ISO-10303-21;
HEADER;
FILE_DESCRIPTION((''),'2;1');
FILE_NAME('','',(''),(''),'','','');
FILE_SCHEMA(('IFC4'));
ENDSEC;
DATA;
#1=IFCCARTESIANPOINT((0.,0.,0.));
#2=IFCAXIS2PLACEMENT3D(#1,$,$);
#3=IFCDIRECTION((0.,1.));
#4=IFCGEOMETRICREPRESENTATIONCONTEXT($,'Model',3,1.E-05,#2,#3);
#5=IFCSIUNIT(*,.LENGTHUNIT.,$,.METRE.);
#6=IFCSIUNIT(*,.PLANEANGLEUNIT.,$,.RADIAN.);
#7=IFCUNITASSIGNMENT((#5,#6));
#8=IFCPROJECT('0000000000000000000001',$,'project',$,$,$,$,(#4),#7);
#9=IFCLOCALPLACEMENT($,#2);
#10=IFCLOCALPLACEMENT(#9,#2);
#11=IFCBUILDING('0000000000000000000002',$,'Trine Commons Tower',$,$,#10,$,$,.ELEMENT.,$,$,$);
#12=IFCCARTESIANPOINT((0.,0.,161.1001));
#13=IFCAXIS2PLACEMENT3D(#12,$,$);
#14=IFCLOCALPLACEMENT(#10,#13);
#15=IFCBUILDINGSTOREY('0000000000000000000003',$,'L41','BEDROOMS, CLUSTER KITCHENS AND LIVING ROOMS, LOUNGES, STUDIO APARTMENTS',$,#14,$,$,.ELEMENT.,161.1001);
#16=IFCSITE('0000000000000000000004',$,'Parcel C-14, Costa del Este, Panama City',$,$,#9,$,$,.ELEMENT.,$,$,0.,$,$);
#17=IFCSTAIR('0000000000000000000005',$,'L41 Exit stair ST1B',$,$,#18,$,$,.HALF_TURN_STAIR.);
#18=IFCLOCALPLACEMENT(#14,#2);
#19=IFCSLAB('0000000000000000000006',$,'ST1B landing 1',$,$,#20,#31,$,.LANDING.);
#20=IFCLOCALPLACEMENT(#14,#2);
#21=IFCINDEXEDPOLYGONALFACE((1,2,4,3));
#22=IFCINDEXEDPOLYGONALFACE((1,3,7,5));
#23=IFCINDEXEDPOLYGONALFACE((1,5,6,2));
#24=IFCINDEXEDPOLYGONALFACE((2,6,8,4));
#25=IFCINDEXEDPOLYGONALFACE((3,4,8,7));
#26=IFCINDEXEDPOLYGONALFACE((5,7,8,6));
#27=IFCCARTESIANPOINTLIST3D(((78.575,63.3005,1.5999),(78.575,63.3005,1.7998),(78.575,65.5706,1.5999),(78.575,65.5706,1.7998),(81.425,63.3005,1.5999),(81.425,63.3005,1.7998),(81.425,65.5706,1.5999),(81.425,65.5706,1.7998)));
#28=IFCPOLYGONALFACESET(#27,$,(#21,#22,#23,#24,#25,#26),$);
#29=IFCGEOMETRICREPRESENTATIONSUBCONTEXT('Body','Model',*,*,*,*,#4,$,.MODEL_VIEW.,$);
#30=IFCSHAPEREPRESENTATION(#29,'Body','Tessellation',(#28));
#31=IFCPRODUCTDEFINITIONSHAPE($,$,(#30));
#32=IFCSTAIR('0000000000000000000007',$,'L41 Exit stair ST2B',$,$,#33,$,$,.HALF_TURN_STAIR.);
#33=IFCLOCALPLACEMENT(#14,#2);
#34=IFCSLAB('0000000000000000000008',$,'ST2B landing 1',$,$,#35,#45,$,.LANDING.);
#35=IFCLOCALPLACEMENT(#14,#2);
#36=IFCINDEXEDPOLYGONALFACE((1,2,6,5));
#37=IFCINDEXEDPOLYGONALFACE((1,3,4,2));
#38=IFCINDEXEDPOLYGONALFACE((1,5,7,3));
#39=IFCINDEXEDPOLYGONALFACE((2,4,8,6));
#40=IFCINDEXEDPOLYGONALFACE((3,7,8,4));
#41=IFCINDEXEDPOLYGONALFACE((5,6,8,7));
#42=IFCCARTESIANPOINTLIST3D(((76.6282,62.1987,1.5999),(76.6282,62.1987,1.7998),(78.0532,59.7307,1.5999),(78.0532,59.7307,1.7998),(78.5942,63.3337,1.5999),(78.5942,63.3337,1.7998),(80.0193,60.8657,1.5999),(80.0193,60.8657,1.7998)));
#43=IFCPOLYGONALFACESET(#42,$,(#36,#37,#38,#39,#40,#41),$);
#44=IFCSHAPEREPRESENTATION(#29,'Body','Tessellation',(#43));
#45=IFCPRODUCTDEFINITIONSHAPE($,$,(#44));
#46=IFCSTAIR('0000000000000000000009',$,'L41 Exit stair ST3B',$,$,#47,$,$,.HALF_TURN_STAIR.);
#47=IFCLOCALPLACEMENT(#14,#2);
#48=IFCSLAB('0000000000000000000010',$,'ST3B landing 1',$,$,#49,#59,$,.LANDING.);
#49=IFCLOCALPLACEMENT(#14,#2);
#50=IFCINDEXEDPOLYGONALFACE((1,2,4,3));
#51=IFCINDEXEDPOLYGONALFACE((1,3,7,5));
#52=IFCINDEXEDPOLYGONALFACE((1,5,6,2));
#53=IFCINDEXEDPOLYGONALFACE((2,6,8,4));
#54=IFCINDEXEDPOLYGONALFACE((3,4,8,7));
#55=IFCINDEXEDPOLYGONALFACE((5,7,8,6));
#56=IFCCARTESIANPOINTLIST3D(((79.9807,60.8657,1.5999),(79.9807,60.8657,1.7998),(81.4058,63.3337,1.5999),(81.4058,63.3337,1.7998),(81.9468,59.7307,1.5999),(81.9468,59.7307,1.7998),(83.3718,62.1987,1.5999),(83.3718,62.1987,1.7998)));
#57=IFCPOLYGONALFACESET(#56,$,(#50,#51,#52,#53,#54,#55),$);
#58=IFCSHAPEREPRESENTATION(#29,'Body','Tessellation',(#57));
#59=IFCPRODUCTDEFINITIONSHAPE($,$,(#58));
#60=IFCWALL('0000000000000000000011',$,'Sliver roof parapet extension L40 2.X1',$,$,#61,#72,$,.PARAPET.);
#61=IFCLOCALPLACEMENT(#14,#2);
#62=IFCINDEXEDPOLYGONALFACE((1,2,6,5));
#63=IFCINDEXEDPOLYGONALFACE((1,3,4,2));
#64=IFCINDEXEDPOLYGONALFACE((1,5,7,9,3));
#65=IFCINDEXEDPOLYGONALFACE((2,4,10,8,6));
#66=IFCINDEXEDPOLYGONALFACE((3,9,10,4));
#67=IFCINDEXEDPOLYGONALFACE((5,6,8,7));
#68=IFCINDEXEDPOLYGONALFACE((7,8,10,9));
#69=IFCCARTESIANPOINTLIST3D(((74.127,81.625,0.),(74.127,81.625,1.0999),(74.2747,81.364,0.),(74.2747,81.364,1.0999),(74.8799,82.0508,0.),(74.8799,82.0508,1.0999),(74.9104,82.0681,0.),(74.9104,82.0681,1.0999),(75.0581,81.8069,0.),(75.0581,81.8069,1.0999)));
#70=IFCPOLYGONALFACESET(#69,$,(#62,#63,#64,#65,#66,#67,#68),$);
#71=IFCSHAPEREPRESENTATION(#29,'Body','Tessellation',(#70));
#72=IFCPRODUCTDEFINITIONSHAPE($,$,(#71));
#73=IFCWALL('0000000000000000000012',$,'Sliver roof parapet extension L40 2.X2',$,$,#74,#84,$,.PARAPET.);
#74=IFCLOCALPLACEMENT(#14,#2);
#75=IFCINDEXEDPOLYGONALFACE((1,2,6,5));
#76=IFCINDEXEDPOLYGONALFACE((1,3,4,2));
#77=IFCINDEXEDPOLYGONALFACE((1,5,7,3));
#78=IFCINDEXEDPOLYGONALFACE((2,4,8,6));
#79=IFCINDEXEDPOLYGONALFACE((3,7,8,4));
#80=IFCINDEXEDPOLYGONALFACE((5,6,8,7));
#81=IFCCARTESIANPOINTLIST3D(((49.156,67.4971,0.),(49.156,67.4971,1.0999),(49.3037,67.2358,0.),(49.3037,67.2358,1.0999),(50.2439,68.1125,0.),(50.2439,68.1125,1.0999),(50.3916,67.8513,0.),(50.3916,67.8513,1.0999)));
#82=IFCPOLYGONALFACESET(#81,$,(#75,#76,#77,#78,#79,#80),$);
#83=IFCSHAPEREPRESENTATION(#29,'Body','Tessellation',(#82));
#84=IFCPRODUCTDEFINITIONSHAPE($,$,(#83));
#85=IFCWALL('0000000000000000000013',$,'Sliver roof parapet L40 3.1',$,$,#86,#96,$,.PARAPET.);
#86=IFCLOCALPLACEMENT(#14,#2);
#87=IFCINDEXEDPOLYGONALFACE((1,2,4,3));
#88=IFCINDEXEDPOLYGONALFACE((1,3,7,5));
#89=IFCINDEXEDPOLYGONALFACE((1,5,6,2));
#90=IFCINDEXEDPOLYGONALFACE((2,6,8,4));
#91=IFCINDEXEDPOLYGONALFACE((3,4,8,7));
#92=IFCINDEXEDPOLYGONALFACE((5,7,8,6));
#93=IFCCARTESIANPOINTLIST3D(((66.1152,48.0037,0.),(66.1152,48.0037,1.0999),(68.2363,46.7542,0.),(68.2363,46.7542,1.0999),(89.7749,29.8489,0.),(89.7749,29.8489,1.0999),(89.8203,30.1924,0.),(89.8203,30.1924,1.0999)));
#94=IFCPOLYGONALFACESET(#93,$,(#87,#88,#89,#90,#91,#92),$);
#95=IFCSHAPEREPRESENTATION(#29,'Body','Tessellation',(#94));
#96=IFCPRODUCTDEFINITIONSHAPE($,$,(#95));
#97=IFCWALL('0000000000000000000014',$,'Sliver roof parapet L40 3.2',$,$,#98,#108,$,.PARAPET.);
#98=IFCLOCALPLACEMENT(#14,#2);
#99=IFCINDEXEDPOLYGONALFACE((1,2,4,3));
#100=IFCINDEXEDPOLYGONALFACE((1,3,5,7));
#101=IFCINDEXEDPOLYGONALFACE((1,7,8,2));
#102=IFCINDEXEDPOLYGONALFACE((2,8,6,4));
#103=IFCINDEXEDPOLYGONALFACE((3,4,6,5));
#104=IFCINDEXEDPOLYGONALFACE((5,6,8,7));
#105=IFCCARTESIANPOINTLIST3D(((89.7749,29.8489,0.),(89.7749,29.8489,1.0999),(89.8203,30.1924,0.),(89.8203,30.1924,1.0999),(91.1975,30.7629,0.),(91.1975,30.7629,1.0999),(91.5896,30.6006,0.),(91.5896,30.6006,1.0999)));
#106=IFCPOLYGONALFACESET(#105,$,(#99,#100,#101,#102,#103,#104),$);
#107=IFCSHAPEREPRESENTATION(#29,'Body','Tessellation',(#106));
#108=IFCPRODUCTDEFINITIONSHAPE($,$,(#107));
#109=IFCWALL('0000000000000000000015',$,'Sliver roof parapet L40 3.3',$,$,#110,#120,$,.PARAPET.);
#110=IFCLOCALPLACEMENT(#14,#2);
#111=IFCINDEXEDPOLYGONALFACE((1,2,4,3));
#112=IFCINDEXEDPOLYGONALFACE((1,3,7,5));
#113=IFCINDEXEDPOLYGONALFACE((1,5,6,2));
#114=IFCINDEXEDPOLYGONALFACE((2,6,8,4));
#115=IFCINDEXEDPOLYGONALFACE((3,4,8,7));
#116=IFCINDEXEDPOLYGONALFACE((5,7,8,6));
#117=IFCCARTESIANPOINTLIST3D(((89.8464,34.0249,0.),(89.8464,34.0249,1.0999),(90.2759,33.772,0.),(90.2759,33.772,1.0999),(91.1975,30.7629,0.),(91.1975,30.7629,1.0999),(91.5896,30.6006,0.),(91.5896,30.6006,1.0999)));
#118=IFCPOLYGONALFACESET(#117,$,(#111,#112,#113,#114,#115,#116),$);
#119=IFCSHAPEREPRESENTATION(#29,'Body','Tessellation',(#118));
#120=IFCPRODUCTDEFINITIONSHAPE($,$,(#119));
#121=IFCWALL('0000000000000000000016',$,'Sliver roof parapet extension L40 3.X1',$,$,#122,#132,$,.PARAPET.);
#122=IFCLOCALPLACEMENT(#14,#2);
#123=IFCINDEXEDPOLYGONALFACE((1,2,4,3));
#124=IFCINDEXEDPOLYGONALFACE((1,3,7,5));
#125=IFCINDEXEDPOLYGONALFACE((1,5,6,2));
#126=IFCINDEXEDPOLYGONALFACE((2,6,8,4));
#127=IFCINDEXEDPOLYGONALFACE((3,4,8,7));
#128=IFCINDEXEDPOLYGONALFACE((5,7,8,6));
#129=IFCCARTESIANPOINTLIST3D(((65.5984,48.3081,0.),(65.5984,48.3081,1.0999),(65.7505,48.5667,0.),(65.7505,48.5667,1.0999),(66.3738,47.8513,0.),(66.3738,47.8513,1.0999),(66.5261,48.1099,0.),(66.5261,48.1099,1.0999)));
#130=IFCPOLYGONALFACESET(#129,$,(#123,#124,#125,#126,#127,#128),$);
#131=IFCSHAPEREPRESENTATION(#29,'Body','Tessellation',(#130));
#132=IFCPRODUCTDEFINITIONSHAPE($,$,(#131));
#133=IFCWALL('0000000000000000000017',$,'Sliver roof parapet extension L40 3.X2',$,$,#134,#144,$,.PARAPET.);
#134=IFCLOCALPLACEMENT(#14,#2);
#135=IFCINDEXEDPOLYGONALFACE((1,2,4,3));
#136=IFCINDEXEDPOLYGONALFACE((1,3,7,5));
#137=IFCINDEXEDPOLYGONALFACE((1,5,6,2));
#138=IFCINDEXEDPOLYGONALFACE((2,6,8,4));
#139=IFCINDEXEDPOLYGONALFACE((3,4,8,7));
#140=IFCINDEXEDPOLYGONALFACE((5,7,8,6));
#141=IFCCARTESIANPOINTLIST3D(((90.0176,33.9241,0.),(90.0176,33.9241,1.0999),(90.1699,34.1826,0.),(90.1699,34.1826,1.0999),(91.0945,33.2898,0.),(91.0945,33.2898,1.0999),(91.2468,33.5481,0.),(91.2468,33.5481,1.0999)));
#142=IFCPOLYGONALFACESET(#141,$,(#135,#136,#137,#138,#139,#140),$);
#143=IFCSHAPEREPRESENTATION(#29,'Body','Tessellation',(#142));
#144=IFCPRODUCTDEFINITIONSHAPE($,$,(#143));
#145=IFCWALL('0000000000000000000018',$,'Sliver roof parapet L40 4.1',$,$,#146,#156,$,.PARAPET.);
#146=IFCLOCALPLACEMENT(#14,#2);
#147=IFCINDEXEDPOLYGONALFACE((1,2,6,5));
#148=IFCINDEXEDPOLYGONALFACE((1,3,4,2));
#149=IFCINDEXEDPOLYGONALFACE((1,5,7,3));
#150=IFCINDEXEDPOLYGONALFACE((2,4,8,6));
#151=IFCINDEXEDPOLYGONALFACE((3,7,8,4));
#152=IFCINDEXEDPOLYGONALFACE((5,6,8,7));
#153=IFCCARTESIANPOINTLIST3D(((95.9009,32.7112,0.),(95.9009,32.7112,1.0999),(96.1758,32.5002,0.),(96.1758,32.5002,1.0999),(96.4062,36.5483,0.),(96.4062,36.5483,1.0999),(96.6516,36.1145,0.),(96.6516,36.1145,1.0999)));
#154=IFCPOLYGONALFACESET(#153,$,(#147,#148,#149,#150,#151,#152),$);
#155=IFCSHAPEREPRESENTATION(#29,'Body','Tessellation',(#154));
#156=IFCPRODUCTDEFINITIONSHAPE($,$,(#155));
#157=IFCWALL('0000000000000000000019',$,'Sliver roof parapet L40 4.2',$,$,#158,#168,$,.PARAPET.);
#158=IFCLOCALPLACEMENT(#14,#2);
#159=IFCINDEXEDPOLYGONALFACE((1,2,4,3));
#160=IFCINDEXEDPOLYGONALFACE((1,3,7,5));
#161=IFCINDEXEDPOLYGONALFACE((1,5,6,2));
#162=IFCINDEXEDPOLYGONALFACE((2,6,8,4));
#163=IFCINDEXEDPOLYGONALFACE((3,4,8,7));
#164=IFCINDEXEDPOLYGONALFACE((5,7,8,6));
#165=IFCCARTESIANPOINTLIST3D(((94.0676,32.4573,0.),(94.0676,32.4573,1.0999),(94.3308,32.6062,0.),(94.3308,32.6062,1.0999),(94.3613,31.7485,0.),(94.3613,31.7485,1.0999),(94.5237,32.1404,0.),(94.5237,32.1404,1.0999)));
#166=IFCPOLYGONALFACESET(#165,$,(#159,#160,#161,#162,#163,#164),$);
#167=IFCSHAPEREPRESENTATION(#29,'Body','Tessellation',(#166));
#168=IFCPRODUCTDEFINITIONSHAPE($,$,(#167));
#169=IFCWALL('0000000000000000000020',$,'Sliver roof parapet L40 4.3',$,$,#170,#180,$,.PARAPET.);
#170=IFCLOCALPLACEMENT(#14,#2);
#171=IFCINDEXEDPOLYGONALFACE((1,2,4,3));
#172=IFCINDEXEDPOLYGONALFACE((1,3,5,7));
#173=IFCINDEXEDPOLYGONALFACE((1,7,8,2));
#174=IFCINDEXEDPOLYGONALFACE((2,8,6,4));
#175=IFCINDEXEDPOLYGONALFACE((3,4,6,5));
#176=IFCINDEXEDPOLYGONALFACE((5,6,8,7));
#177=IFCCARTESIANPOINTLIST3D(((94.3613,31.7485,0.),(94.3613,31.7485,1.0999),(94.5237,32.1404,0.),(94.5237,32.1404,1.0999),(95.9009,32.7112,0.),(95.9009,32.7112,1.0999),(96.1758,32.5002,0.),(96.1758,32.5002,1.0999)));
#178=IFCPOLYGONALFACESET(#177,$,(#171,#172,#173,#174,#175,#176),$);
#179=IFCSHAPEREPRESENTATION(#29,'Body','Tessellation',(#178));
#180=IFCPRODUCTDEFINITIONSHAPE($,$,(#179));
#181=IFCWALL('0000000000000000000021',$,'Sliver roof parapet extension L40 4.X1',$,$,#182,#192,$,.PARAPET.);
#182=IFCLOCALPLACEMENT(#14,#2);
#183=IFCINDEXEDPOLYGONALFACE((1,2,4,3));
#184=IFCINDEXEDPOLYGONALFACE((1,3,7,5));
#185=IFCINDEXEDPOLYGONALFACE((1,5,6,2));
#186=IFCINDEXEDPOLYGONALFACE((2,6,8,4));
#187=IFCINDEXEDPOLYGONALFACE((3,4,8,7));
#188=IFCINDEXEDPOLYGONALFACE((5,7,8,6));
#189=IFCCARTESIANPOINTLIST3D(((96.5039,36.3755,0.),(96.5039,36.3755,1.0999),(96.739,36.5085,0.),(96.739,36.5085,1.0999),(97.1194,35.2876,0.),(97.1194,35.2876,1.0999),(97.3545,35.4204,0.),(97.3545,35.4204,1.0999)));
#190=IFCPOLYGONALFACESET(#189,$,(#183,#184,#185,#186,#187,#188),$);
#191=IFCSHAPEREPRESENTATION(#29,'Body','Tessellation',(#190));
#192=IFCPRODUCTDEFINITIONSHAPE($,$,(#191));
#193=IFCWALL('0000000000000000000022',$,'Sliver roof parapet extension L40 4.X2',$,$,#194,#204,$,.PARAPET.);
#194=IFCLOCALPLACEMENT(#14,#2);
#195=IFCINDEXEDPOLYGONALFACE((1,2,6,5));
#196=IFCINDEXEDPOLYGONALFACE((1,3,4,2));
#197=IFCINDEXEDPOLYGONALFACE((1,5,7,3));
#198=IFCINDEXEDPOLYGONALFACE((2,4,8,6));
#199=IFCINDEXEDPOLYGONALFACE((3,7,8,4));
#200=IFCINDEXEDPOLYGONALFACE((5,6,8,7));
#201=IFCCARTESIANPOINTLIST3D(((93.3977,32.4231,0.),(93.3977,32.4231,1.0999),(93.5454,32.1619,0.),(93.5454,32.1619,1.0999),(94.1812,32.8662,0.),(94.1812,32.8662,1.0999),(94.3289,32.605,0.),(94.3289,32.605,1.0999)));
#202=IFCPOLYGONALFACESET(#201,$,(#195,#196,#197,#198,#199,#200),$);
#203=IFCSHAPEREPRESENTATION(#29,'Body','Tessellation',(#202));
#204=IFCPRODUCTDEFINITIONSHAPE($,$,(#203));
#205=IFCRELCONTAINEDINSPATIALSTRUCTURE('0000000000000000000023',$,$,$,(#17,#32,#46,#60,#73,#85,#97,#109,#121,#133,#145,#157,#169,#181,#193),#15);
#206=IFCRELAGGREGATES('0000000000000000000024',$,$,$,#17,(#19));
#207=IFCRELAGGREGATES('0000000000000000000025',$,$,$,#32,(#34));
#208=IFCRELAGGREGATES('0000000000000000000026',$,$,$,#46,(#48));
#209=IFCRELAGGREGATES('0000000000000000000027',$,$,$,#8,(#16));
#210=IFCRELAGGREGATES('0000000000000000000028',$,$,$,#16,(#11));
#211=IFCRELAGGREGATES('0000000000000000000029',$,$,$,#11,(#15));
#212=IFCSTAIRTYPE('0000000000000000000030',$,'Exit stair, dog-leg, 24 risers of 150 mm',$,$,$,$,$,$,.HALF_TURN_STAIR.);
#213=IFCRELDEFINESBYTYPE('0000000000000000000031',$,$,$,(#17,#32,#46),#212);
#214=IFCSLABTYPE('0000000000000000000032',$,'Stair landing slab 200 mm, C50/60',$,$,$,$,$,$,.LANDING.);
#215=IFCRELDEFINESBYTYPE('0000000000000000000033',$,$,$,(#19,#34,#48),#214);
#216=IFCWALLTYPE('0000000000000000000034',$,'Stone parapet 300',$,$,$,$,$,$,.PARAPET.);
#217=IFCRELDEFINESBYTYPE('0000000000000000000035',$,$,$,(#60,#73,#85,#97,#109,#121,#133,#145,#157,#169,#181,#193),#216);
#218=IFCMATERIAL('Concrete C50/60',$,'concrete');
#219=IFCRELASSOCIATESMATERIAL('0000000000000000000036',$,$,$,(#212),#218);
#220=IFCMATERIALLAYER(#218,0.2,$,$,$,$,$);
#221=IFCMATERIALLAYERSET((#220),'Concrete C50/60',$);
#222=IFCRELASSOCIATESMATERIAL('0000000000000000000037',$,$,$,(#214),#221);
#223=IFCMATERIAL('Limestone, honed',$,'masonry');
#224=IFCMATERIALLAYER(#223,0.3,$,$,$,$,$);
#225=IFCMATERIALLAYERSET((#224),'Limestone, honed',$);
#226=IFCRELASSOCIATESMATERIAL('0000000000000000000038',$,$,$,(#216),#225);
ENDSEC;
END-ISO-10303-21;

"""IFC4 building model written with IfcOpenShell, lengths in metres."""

from ifc_helpers import new_model, si_unit, direction, frame, origin, place, context, subcontext, project, spatial, polyline, outline, extrude, material, layer, layer_set, type_object, element, aggregate, save


model = new_model("IFC4")

# Units and contexts
model_context = context("Model", 3, precision=1e-05, world=origin(), true_north=direction((0.0, 1.0)))
body_context = subcontext(model_context, "Body", "Model", "MODEL_VIEW")
ifc_project = project(units=[si_unit("LENGTHUNIT", "METRE"), si_unit("PLANEANGLEUNIT", "RADIAN")], contexts=[model_context])

# Site, building, storey
site_placement = place(None, origin())
site = spatial("IfcSite", under=ifc_project, at=site_placement, Name="Parcel C-14, Costa del Este, Panama City", CompositionType="ELEMENT", RefElevation=0.0)
building_placement = place(site_placement, origin())
building = spatial("IfcBuilding", under=site, at=building_placement, Name="Trine Commons Tower", CompositionType="ELEMENT")
storey_placement = place(building_placement, frame((0.0, 0.0, 161.1001)))
storey = spatial("IfcBuildingStorey", under=building, at=storey_placement, Name="L41", Description="BEDROOMS, CLUSTER KITCHENS AND LIVING ROOMS, LOUNGES, STUDIO APARTMENTS", CompositionType="ELEMENT", Elevation=161.1001)

# Stairs, slabs
ifc_material_1 = material(Name="Concrete C50/60", Category="concrete")
stair_type = type_object("IfcStairType", Name="Exit stair, dog-leg, 24 risers of 150 mm", PredefinedType="HALF_TURN_STAIR", material=ifc_material_1)
stair_1_placement = place(storey_placement, origin())
stair_1 = element("IfcStair", 1, at=stair_1_placement, inside=storey, type_object=stair_type, Name="L41 Exit stair ST1B", PredefinedType="HALF_TURN_STAIR")
ifc_layer_1 = layer(ifc_material_1, 0.2)
ifc_layer_set_1 = layer_set([ifc_layer_1], Name="Concrete C50/60")
slab_type = type_object("IfcSlabType", Name="Stair landing slab 200 mm, C50/60", PredefinedType="LANDING", material=ifc_layer_set_1)
slab_1_placement = place(storey_placement, frame((0.0, 0.0, 1.5999)))
slab_1 = element("IfcSlab", 2, at=slab_1_placement, type_object=slab_type, Name="ST1B landing 1", PredefinedType="LANDING", context=body_context, shape_type="SweptSolid", body=[
    extrude(outline(polyline([(78.575, 65.5706), (78.575, 63.3005), (81.425, 63.3005), (81.425, 65.5706), (78.575, 65.5706)])), origin(), (0.0, 0.0, 1.0), 0.2),
])
aggregate(stair_1, [slab_1])
stair_2_placement = place(storey_placement, origin())
stair_2 = element("IfcStair", 3, at=stair_2_placement, inside=storey, type_object=stair_type, Name="L41 Exit stair ST2B", PredefinedType="HALF_TURN_STAIR")
slab_2_placement = place(storey_placement, frame((0.0, 0.0, 1.5999)))
slab_2 = element("IfcSlab", 4, at=slab_2_placement, type_object=slab_type, Name="ST2B landing 1", PredefinedType="LANDING", context=body_context, shape_type="SweptSolid", body=[
    extrude(outline(polyline([(78.0532, 59.7307), (80.0193, 60.8657), (78.5942, 63.3337), (76.6282, 62.1987), (78.0532, 59.7307)])), origin(), (0.0, 0.0, 1.0), 0.2),
])
aggregate(stair_2, [slab_2])
stair_3_placement = place(storey_placement, origin())
stair_3 = element("IfcStair", 5, at=stair_3_placement, inside=storey, type_object=stair_type, Name="L41 Exit stair ST3B", PredefinedType="HALF_TURN_STAIR")
slab_3_placement = place(storey_placement, frame((0.0, 0.0, 1.5999)))
slab_3 = element("IfcSlab", 6, at=slab_3_placement, type_object=slab_type, Name="ST3B landing 1", PredefinedType="LANDING", context=body_context, shape_type="SweptSolid", body=[
    extrude(outline(polyline([(83.3718, 62.1987), (81.4058, 63.3337), (79.9807, 60.8657), (81.9468, 59.7307), (83.3718, 62.1987)])), origin(), (0.0, 0.0, 1.0), 0.2),
])
aggregate(stair_3, [slab_3])

# Walls
ifc_material_2 = material(Name="Limestone, honed", Category="masonry")
ifc_layer_2 = layer(ifc_material_2, 0.3)
ifc_layer_set_2 = layer_set([ifc_layer_2], Name="Limestone, honed")
wall_type = type_object("IfcWallType", Name="Stone parapet 300", PredefinedType="PARAPET", material=ifc_layer_set_2)
wall_1_placement = place(storey_placement, origin())
element("IfcWall", 7, at=wall_1_placement, inside=storey, type_object=wall_type, Name="Sliver roof parapet extension L40 2.X1", PredefinedType="PARAPET", context=body_context, shape_type="SweptSolid", body=[
    extrude(outline(polyline([(74.127, 81.625), (74.2747, 81.364), (75.0581, 81.8069), (74.9104, 82.0681), (74.8799, 82.0508), (74.127, 81.625)])), origin(), (0.0, 0.0, 1.0), 1.0999),
])
wall_2_placement = place(storey_placement, origin())
element("IfcWall", 8, at=wall_2_placement, inside=storey, type_object=wall_type, Name="Sliver roof parapet extension L40 2.X2", PredefinedType="PARAPET", context=body_context, shape_type="SweptSolid", body=[
    extrude(outline(polyline([(50.3916, 67.8513), (50.2439, 68.1125), (49.156, 67.4971), (49.3037, 67.2358), (50.3916, 67.8513)])), origin(), (0.0, 0.0, 1.0), 1.0999),
])
wall_3_placement = place(storey_placement, origin())
element("IfcWall", 9, at=wall_3_placement, inside=storey, type_object=wall_type, Name="Sliver roof parapet L40 3.1", PredefinedType="PARAPET", context=body_context, shape_type="SweptSolid", body=[
    extrude(outline(polyline([(66.1152, 48.0037), (89.7749, 29.8489), (89.8203, 30.1924), (68.2363, 46.7542), (66.1152, 48.0037)])), origin(), (0.0, 0.0, 1.0), 1.0999),
])
wall_4_placement = place(storey_placement, origin())
element("IfcWall", 10, at=wall_4_placement, inside=storey, type_object=wall_type, Name="Sliver roof parapet L40 3.2", PredefinedType="PARAPET", context=body_context, shape_type="SweptSolid", body=[
    extrude(outline(polyline([(89.7749, 29.8489), (91.5896, 30.6006), (91.1975, 30.7629), (89.8203, 30.1924), (89.7749, 29.8489)])), origin(), (0.0, 0.0, 1.0), 1.0999),
])
wall_5_placement = place(storey_placement, origin())
element("IfcWall", 11, at=wall_5_placement, inside=storey, type_object=wall_type, Name="Sliver roof parapet L40 3.3", PredefinedType="PARAPET", context=body_context, shape_type="SweptSolid", body=[
    extrude(outline(polyline([(91.5896, 30.6006), (90.2759, 33.772), (89.8464, 34.0249), (91.1975, 30.7629), (91.5896, 30.6006)])), origin(), (0.0, 0.0, 1.0), 1.0999),
])
wall_6_placement = place(storey_placement, origin())
element("IfcWall", 12, at=wall_6_placement, inside=storey, type_object=wall_type, Name="Sliver roof parapet extension L40 3.X1", PredefinedType="PARAPET", context=body_context, shape_type="SweptSolid", body=[
    extrude(outline(polyline([(66.5261, 48.1099), (65.7505, 48.5667), (65.5984, 48.3081), (66.3738, 47.8513), (66.5261, 48.1099)])), origin(), (0.0, 0.0, 1.0), 1.0999),
])
wall_7_placement = place(storey_placement, origin())
element("IfcWall", 13, at=wall_7_placement, inside=storey, type_object=wall_type, Name="Sliver roof parapet extension L40 3.X2", PredefinedType="PARAPET", context=body_context, shape_type="SweptSolid", body=[
    extrude(outline(polyline([(90.1699, 34.1826), (90.0176, 33.9241), (91.0945, 33.2898), (91.2468, 33.5481), (90.1699, 34.1826)])), origin(), (0.0, 0.0, 1.0), 1.0999),
])
wall_8_placement = place(storey_placement, origin())
element("IfcWall", 14, at=wall_8_placement, inside=storey, type_object=wall_type, Name="Sliver roof parapet L40 4.1", PredefinedType="PARAPET", context=body_context, shape_type="SweptSolid", body=[
    extrude(outline(polyline([(96.1758, 32.5002), (96.6516, 36.1145), (96.4062, 36.5483), (95.9009, 32.7112), (96.1758, 32.5002)])), origin(), (0.0, 0.0, 1.0), 1.0999),
])
wall_9_placement = place(storey_placement, origin())
element("IfcWall", 15, at=wall_9_placement, inside=storey, type_object=wall_type, Name="Sliver roof parapet L40 4.2", PredefinedType="PARAPET", context=body_context, shape_type="SweptSolid", body=[
    extrude(outline(polyline([(94.0676, 32.4573), (94.3613, 31.7485), (94.5237, 32.1404), (94.3308, 32.6062), (94.0676, 32.4573)])), origin(), (0.0, 0.0, 1.0), 1.0999),
])
wall_10_placement = place(storey_placement, origin())
element("IfcWall", 16, at=wall_10_placement, inside=storey, type_object=wall_type, Name="Sliver roof parapet L40 4.3", PredefinedType="PARAPET", context=body_context, shape_type="SweptSolid", body=[
    extrude(outline(polyline([(94.3613, 31.7485), (96.1758, 32.5002), (95.9009, 32.7112), (94.5237, 32.1404), (94.3613, 31.7485)])), origin(), (0.0, 0.0, 1.0), 1.0999),
])
wall_11_placement = place(storey_placement, origin())
element("IfcWall", 17, at=wall_11_placement, inside=storey, type_object=wall_type, Name="Sliver roof parapet extension L40 4.X1", PredefinedType="PARAPET", context=body_context, shape_type="SweptSolid", body=[
    extrude(outline(polyline([(96.739, 36.5085), (96.5039, 36.3755), (97.1194, 35.2876), (97.3545, 35.4204), (96.739, 36.5085)])), origin(), (0.0, 0.0, 1.0), 1.0999),
])
wall_12_placement = place(storey_placement, origin())
element("IfcWall", 18, at=wall_12_placement, inside=storey, type_object=wall_type, Name="Sliver roof parapet extension L40 4.X2", PredefinedType="PARAPET", context=body_context, shape_type="SweptSolid", body=[
    extrude(outline(polyline([(93.3977, 32.4231), (93.5454, 32.1619), (94.3289, 32.605), (94.1812, 32.8662), (93.3977, 32.4231)])), origin(), (0.0, 0.0, 1.0), 1.0999),
])

save(model, "model.ifc")
